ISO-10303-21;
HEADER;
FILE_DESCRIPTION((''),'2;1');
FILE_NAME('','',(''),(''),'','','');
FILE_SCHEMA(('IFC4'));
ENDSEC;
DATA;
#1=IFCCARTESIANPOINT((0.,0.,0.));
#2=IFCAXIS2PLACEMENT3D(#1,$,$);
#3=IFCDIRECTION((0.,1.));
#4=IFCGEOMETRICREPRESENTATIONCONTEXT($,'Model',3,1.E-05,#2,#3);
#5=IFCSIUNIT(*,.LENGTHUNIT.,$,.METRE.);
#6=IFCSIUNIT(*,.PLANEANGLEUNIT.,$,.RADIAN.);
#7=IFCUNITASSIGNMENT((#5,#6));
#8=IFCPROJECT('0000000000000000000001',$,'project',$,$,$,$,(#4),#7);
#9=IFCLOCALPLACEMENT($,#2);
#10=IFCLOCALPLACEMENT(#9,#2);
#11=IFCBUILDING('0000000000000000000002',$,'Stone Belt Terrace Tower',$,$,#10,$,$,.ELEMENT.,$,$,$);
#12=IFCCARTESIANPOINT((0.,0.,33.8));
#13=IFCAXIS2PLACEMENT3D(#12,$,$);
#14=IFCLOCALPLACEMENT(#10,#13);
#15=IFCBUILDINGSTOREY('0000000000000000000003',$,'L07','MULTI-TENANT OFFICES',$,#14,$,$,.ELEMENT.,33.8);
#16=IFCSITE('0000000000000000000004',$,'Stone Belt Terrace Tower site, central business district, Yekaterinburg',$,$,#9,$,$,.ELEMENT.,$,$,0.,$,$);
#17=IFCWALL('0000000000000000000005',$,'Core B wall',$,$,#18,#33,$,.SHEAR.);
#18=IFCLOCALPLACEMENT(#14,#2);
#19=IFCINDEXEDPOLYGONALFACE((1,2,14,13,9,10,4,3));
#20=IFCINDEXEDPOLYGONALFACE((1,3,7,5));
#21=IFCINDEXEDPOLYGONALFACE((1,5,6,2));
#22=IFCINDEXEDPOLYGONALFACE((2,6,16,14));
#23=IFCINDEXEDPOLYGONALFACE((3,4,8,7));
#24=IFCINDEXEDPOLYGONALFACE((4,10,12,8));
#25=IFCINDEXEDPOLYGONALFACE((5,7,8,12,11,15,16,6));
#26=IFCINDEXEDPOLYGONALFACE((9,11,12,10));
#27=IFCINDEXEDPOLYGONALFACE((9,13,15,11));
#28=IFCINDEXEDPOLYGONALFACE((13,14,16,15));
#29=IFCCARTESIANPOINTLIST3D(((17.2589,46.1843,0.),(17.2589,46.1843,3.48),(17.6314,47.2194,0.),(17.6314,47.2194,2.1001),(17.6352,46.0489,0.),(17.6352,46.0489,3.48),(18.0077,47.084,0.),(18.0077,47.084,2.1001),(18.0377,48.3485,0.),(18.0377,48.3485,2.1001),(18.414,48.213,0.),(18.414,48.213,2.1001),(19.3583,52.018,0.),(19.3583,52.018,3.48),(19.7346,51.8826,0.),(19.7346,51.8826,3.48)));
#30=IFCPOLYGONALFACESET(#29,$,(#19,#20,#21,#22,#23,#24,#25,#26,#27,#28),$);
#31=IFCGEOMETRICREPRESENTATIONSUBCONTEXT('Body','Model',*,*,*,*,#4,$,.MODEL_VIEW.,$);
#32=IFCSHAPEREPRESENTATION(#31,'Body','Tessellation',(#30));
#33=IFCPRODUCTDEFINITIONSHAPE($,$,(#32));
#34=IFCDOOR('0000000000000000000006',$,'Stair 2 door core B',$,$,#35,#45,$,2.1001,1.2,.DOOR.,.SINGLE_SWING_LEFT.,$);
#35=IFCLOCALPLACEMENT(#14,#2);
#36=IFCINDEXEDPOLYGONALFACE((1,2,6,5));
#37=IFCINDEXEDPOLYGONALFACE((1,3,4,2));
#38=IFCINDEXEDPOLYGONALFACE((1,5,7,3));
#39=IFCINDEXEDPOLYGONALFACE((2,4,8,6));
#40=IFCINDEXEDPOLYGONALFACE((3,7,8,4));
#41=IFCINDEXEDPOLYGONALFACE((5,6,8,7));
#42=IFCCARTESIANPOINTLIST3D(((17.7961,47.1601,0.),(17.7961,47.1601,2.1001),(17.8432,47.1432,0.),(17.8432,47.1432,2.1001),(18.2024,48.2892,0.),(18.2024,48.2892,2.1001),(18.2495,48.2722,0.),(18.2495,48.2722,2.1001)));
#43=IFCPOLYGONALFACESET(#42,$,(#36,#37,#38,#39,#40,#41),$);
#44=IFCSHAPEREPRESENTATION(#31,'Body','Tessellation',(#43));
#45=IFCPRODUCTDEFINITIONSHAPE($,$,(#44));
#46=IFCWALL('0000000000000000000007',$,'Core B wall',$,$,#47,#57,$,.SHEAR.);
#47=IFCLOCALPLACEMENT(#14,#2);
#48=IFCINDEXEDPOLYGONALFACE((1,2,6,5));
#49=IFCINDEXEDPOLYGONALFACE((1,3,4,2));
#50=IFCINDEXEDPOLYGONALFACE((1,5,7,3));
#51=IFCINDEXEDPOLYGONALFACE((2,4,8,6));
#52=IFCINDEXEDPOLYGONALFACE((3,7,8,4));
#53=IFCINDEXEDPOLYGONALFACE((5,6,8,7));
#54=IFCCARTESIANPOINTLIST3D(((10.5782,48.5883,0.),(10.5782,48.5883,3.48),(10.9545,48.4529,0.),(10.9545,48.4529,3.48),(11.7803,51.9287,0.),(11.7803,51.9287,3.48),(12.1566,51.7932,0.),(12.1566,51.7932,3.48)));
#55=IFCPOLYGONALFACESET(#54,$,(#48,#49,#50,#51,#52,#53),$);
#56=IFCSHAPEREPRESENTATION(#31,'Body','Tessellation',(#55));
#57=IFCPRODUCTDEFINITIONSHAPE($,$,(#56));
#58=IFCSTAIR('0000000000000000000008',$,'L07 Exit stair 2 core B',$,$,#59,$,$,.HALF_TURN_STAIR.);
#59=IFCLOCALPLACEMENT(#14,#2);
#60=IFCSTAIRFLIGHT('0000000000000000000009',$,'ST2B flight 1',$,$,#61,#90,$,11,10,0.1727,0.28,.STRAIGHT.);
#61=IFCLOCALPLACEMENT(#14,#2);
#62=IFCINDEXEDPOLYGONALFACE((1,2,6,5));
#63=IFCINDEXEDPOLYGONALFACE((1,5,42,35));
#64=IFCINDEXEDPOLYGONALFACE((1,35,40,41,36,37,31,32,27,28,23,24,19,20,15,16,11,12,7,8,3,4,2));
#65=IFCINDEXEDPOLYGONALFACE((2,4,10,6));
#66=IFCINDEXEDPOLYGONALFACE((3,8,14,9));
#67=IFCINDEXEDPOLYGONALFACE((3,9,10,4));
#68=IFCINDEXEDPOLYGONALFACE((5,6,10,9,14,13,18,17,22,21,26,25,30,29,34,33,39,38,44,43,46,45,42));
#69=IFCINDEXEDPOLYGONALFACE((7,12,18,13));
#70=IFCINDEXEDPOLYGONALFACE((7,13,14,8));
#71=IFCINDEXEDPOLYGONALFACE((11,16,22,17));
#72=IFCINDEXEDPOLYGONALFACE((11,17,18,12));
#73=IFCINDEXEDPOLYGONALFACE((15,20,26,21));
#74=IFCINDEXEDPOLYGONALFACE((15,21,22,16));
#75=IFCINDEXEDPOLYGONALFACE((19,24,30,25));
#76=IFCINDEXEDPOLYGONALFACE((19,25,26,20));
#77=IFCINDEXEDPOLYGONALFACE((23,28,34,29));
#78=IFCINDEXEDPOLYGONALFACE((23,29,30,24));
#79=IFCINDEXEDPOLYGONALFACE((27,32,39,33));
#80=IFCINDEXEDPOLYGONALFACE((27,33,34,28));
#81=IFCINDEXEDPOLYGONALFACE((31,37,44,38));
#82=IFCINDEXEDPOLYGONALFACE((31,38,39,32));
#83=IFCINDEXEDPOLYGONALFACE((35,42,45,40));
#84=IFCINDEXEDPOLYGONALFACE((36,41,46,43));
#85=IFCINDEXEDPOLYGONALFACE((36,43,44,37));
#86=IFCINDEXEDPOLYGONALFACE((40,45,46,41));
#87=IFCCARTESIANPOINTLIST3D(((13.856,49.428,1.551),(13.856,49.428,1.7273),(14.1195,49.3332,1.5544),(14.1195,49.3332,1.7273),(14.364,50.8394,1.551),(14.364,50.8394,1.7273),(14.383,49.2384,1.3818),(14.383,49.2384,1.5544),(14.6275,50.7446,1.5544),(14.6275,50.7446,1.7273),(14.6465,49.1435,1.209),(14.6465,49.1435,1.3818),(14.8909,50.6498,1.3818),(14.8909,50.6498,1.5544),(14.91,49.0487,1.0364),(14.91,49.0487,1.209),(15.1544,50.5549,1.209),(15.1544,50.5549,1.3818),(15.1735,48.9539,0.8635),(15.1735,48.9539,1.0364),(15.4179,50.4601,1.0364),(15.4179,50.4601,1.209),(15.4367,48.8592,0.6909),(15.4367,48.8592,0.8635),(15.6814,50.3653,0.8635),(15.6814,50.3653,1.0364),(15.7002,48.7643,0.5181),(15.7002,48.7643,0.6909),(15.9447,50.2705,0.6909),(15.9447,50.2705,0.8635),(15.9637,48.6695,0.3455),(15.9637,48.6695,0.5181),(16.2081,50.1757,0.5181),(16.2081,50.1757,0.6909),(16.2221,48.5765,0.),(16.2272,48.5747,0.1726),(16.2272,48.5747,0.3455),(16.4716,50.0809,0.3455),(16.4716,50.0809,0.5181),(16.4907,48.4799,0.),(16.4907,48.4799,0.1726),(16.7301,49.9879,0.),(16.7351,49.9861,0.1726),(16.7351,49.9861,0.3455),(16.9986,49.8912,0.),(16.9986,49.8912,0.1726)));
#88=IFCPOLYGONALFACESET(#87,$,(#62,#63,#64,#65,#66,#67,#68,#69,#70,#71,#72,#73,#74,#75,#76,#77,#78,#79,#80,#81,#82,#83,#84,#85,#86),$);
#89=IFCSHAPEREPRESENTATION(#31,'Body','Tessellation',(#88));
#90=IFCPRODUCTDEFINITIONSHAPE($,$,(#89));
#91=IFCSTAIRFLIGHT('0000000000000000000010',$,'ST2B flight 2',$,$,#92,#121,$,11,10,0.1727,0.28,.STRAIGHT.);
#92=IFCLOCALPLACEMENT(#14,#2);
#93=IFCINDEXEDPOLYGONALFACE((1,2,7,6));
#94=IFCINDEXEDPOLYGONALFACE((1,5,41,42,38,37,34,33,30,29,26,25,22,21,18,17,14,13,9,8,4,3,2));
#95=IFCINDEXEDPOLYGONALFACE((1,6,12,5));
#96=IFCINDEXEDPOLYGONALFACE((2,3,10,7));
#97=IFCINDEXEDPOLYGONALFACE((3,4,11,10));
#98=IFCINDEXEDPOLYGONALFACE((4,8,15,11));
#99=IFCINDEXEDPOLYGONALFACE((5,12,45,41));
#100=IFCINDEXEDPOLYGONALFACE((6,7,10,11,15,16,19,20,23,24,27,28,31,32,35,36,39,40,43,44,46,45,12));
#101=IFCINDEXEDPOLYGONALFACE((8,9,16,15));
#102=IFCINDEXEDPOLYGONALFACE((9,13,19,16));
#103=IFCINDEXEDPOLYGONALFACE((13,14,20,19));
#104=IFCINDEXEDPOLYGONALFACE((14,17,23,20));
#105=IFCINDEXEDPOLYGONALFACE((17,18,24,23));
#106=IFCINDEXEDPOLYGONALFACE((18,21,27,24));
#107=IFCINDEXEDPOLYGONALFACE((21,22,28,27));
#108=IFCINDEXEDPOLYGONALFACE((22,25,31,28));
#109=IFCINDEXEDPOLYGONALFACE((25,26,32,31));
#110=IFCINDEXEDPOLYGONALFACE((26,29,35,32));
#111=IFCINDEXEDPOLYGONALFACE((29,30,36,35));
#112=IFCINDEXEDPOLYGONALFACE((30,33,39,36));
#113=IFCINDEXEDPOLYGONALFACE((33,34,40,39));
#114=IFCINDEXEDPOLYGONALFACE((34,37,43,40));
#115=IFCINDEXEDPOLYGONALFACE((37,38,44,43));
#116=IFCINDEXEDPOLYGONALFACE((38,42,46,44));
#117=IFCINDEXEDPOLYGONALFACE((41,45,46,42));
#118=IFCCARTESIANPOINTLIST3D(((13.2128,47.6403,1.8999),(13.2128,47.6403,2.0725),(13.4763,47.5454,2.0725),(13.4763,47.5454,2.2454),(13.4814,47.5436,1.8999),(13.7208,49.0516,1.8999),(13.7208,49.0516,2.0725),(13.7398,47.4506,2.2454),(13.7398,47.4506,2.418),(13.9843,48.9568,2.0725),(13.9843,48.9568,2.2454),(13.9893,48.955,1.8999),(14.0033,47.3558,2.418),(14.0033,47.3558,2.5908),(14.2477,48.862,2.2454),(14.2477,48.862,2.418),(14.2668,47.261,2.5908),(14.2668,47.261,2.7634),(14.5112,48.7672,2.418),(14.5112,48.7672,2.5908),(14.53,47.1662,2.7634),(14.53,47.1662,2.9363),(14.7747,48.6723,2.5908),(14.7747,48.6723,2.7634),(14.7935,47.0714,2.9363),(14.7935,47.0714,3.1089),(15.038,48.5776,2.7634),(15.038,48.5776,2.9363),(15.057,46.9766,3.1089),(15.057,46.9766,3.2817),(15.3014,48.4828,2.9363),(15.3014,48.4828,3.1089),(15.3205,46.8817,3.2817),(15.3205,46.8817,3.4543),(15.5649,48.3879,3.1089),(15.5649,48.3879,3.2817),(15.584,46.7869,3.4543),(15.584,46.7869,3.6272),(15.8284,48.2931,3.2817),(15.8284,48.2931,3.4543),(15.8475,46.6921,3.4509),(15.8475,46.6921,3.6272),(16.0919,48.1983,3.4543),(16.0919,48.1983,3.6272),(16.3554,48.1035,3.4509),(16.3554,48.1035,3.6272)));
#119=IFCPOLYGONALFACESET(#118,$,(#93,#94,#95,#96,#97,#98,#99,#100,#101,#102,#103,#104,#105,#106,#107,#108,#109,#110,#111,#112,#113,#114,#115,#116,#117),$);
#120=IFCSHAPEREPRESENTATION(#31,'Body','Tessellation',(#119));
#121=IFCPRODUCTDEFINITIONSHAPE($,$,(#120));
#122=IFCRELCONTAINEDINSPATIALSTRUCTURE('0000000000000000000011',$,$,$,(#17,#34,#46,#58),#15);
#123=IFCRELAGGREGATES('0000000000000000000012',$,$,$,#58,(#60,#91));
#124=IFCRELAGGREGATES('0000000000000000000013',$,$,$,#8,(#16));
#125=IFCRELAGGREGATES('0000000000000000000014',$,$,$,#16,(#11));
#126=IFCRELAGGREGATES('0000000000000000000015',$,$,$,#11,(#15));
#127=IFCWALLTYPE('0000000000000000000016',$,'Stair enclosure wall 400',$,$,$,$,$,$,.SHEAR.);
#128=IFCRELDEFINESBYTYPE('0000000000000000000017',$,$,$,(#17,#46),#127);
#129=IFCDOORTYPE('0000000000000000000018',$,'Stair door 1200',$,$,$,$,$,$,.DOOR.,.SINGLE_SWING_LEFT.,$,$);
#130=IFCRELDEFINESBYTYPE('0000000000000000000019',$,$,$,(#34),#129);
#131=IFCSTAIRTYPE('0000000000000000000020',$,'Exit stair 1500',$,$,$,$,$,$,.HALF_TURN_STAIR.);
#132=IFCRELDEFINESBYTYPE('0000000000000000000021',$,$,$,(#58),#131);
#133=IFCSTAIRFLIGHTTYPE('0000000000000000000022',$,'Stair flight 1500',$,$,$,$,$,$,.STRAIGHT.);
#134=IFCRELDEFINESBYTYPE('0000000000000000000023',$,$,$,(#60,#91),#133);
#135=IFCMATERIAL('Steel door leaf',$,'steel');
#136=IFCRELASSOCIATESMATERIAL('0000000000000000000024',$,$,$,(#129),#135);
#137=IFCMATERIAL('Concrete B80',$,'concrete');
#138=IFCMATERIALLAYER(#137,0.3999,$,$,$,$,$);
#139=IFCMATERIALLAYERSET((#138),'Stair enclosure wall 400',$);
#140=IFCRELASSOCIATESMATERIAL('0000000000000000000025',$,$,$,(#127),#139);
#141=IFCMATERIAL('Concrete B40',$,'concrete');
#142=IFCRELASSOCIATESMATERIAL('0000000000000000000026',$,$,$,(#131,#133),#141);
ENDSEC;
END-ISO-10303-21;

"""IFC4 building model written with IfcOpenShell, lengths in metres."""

from ifc_helpers import new_model, si_unit, direction, frame, frame_2d, origin, place, context, subcontext, project, spatial, polyline, rectangle, outline, extrude, material, layer, layer_set, type_object, element, fill, aggregate, save


model = new_model("IFC4")

# Units and contexts
model_context = context("Model", 3, precision=1e-05, world=origin(), true_north=direction((0.0, 1.0)))
body_context = subcontext(model_context, "Body", "Model", "MODEL_VIEW")
ifc_project = project(units=[si_unit("LENGTHUNIT", "METRE"), si_unit("PLANEANGLEUNIT", "RADIAN")], contexts=[model_context])

# Site, building, storey
site_placement = place(None, origin())
site = spatial("IfcSite", under=ifc_project, at=site_placement, Name="Stone Belt Terrace Tower site, central business district, Yekaterinburg", CompositionType="ELEMENT", RefElevation=0.0)
building_placement = place(site_placement, origin())
building = spatial("IfcBuilding", under=site, at=building_placement, Name="Stone Belt Terrace Tower", CompositionType="ELEMENT")
storey_placement = place(building_placement, frame((0.0, 0.0, 33.8)))
storey = spatial("IfcBuildingStorey", under=building, at=storey_placement, Name="L07", Description="MULTI-TENANT OFFICES", CompositionType="ELEMENT", Elevation=33.8)

# Shared definitions
ifc_material_1 = material(Name="Concrete B80", Category="concrete")

# Shared definitions
ifc_material_2 = material(Name="Steel door leaf", Category="steel")
door_type_1 = type_object("IfcDoorType", Name="Stair door 1200", OperationType="SINGLE_SWING_LEFT", PredefinedType="DOOR", material=ifc_material_2)

# Wall, opening, door
ifc_layer_1 = layer(ifc_material_1, 0.3999)
ifc_layer_set_1 = layer_set([ifc_layer_1], Name="Stair enclosure wall 400")
wall_type_1 = type_object("IfcWallType", Name="Stair enclosure wall 400", PredefinedType="SHEAR", material=ifc_layer_set_1)
wall_1_placement = place(storey_placement, frame((17.447, 46.1165, 0.0), z_axis=(0.0, 0.0, 1.0), x_axis=(0.338608, 0.940928, 0.0)))
wall_1 = element("IfcWall", 1, at=wall_1_placement, inside=storey, type_object=wall_type_1, Name="Core B wall", PredefinedType="SHEAR", context=body_context, shape_type="SweptSolid", body=[
    extrude(rectangle(XDim=6.2, YDim=0.3999, at=frame_2d((3.1001, 0.0))), origin(), (0.0, 0.0, 1.0), 3.48),
])
opening_1_placement = place(wall_1_placement, frame((1.1001, 0.0, 0.0)))
opening_1 = element("IfcOpeningElement", 2, at=opening_1_placement, cuts=wall_1, PredefinedType="OPENING", context=body_context, shape_type="SweptSolid", body=[
    extrude(rectangle(XDim=1.2, YDim=2.1001, at=frame_2d((0.6001, 1.05))), frame((0.0, 0.21, 0.0), z_axis=(0.0, -1.0, 0.0), x_axis=(1.0, 0.0, 0.0)), (0.0, 0.0, 1.0), 0.4199),
])
door_1_placement = place(opening_1_placement, origin())
door_1 = element("IfcDoor", 3, at=door_1_placement, inside=storey, type_object=door_type_1, Name="Stair 2 door core B", OperationType="SINGLE_SWING_LEFT", OverallHeight=2.1001, OverallWidth=1.2, PredefinedType="DOOR", context=body_context, shape_type="SweptSolid", body=[
    extrude(rectangle(XDim=1.2, YDim=2.1001, at=frame_2d((0.6001, 1.05))), frame((0.0, 0.0249, 0.0), z_axis=(0.0, -1.0, 0.0), x_axis=(1.0, 0.0, 0.0)), (0.0, 0.0, 1.0), 0.05),
])
fill(opening_1, door_1)

# Wall
wall_2_placement = place(storey_placement, frame((10.7664, 48.5208, 0.0), z_axis=(0.0, 0.0, 1.0), x_axis=(0.338627, 0.940921, 0.0)))
element("IfcWall", 4, at=wall_2_placement, inside=storey, type_object=wall_type_1, Name="Core B wall", PredefinedType="SHEAR", context=body_context, shape_type="SweptSolid", body=[
    extrude(rectangle(XDim=3.55, YDim=0.3999, at=frame_2d((1.7749, 0.0))), origin(), (0.0, 0.0, 1.0), 3.48),
])

# Stair, stair flights
ifc_material_3 = material(Name="Concrete B40", Category="concrete")
stair_type = type_object("IfcStairType", Name="Exit stair 1500", PredefinedType="HALF_TURN_STAIR", material=ifc_material_3)
stair_placement = place(storey_placement, origin())
stair = element("IfcStair", 5, at=stair_placement, inside=storey, type_object=stair_type, Name="L07 Exit stair 2 core B", PredefinedType="HALF_TURN_STAIR")
stair_flight_type = type_object("IfcStairFlightType", Name="Stair flight 1500", PredefinedType="STRAIGHT", material=ifc_material_3)
stair_flight_1_placement = place(storey_placement, frame((16.7446, 49.1855, 0.0), z_axis=(0.0, 0.0, 1.0), x_axis=(-0.940922, 0.338624, 0.0)))
stair_flight_1 = element("IfcStairFlight", 6, at=stair_flight_1_placement, type_object=stair_flight_type, Name="ST2B flight 1", NumberOfRisers=11, NumberOfTreads=10, PredefinedType="STRAIGHT", RiserHeight=0.1727, TreadLength=0.28, context=body_context, shape_type="SweptSolid", body=[
    extrude(outline(polyline([(0.0, 0.0), (0.0, 0.1726), (0.28, 0.1726), (0.28, 0.3455), (0.5601, 0.3455), (0.5601, 0.5181), (0.8401, 0.5181), (0.8401, 0.6909), (1.1201, 0.6909), (1.1201, 0.8635), (1.3999, 0.8635), (1.3999, 1.0364), (1.6799, 1.0364), (1.6799, 1.209), (1.96, 1.209), (1.96, 1.3818), (2.24, 1.3818), (2.24, 1.5544), (2.52, 1.5544), (2.52, 1.7273), (2.8, 1.7273), (2.8, 1.8999), (2.8, 1.551), (0.2854, 0.0), (0.0, 0.0)])), frame((0.0, 0.75, 0.0), z_axis=(0.0, -1.0, 0.0), x_axis=(1.0, 0.0, 0.0)), (0.0, 0.0, 1.0), 1.5),
])
stair_flight_2_placement = place(storey_placement, frame((13.4668, 48.3459, 1.8999), z_axis=(0.0, 0.0, 1.0), x_axis=(0.940922, -0.338624, 0.0)))
stair_flight_2 = element("IfcStairFlight", 7, at=stair_flight_2_placement, type_object=stair_flight_type, Name="ST2B flight 2", NumberOfRisers=11, NumberOfTreads=10, PredefinedType="STRAIGHT", RiserHeight=0.1727, TreadLength=0.28, context=body_context, shape_type="SweptSolid", body=[
    extrude(outline(polyline([(0.0, 0.0), (0.0, 0.1726), (0.28, 0.1726), (0.28, 0.3455), (0.5601, 0.3455), (0.5601, 0.5181), (0.8401, 0.5181), (0.8401, 0.6909), (1.1201, 0.6909), (1.1201, 0.8635), (1.3999, 0.8635), (1.3999, 1.0364), (1.6799, 1.0364), (1.6799, 1.209), (1.96, 1.209), (1.96, 1.3818), (2.24, 1.3818), (2.24, 1.5544), (2.52, 1.5544), (2.52, 1.7273), (2.8, 1.7273), (2.8, 1.8999), (2.8, 1.551), (0.2854, 0.0), (0.0, 0.0)])), frame((0.0, 0.75, 0.0), z_axis=(0.0, -1.0, 0.0), x_axis=(1.0, 0.0, 0.0)), (0.0, 0.0, 1.0), 1.5),
])
aggregate(stair, [stair_flight_1, stair_flight_2])

save(model, "model.ifc")
